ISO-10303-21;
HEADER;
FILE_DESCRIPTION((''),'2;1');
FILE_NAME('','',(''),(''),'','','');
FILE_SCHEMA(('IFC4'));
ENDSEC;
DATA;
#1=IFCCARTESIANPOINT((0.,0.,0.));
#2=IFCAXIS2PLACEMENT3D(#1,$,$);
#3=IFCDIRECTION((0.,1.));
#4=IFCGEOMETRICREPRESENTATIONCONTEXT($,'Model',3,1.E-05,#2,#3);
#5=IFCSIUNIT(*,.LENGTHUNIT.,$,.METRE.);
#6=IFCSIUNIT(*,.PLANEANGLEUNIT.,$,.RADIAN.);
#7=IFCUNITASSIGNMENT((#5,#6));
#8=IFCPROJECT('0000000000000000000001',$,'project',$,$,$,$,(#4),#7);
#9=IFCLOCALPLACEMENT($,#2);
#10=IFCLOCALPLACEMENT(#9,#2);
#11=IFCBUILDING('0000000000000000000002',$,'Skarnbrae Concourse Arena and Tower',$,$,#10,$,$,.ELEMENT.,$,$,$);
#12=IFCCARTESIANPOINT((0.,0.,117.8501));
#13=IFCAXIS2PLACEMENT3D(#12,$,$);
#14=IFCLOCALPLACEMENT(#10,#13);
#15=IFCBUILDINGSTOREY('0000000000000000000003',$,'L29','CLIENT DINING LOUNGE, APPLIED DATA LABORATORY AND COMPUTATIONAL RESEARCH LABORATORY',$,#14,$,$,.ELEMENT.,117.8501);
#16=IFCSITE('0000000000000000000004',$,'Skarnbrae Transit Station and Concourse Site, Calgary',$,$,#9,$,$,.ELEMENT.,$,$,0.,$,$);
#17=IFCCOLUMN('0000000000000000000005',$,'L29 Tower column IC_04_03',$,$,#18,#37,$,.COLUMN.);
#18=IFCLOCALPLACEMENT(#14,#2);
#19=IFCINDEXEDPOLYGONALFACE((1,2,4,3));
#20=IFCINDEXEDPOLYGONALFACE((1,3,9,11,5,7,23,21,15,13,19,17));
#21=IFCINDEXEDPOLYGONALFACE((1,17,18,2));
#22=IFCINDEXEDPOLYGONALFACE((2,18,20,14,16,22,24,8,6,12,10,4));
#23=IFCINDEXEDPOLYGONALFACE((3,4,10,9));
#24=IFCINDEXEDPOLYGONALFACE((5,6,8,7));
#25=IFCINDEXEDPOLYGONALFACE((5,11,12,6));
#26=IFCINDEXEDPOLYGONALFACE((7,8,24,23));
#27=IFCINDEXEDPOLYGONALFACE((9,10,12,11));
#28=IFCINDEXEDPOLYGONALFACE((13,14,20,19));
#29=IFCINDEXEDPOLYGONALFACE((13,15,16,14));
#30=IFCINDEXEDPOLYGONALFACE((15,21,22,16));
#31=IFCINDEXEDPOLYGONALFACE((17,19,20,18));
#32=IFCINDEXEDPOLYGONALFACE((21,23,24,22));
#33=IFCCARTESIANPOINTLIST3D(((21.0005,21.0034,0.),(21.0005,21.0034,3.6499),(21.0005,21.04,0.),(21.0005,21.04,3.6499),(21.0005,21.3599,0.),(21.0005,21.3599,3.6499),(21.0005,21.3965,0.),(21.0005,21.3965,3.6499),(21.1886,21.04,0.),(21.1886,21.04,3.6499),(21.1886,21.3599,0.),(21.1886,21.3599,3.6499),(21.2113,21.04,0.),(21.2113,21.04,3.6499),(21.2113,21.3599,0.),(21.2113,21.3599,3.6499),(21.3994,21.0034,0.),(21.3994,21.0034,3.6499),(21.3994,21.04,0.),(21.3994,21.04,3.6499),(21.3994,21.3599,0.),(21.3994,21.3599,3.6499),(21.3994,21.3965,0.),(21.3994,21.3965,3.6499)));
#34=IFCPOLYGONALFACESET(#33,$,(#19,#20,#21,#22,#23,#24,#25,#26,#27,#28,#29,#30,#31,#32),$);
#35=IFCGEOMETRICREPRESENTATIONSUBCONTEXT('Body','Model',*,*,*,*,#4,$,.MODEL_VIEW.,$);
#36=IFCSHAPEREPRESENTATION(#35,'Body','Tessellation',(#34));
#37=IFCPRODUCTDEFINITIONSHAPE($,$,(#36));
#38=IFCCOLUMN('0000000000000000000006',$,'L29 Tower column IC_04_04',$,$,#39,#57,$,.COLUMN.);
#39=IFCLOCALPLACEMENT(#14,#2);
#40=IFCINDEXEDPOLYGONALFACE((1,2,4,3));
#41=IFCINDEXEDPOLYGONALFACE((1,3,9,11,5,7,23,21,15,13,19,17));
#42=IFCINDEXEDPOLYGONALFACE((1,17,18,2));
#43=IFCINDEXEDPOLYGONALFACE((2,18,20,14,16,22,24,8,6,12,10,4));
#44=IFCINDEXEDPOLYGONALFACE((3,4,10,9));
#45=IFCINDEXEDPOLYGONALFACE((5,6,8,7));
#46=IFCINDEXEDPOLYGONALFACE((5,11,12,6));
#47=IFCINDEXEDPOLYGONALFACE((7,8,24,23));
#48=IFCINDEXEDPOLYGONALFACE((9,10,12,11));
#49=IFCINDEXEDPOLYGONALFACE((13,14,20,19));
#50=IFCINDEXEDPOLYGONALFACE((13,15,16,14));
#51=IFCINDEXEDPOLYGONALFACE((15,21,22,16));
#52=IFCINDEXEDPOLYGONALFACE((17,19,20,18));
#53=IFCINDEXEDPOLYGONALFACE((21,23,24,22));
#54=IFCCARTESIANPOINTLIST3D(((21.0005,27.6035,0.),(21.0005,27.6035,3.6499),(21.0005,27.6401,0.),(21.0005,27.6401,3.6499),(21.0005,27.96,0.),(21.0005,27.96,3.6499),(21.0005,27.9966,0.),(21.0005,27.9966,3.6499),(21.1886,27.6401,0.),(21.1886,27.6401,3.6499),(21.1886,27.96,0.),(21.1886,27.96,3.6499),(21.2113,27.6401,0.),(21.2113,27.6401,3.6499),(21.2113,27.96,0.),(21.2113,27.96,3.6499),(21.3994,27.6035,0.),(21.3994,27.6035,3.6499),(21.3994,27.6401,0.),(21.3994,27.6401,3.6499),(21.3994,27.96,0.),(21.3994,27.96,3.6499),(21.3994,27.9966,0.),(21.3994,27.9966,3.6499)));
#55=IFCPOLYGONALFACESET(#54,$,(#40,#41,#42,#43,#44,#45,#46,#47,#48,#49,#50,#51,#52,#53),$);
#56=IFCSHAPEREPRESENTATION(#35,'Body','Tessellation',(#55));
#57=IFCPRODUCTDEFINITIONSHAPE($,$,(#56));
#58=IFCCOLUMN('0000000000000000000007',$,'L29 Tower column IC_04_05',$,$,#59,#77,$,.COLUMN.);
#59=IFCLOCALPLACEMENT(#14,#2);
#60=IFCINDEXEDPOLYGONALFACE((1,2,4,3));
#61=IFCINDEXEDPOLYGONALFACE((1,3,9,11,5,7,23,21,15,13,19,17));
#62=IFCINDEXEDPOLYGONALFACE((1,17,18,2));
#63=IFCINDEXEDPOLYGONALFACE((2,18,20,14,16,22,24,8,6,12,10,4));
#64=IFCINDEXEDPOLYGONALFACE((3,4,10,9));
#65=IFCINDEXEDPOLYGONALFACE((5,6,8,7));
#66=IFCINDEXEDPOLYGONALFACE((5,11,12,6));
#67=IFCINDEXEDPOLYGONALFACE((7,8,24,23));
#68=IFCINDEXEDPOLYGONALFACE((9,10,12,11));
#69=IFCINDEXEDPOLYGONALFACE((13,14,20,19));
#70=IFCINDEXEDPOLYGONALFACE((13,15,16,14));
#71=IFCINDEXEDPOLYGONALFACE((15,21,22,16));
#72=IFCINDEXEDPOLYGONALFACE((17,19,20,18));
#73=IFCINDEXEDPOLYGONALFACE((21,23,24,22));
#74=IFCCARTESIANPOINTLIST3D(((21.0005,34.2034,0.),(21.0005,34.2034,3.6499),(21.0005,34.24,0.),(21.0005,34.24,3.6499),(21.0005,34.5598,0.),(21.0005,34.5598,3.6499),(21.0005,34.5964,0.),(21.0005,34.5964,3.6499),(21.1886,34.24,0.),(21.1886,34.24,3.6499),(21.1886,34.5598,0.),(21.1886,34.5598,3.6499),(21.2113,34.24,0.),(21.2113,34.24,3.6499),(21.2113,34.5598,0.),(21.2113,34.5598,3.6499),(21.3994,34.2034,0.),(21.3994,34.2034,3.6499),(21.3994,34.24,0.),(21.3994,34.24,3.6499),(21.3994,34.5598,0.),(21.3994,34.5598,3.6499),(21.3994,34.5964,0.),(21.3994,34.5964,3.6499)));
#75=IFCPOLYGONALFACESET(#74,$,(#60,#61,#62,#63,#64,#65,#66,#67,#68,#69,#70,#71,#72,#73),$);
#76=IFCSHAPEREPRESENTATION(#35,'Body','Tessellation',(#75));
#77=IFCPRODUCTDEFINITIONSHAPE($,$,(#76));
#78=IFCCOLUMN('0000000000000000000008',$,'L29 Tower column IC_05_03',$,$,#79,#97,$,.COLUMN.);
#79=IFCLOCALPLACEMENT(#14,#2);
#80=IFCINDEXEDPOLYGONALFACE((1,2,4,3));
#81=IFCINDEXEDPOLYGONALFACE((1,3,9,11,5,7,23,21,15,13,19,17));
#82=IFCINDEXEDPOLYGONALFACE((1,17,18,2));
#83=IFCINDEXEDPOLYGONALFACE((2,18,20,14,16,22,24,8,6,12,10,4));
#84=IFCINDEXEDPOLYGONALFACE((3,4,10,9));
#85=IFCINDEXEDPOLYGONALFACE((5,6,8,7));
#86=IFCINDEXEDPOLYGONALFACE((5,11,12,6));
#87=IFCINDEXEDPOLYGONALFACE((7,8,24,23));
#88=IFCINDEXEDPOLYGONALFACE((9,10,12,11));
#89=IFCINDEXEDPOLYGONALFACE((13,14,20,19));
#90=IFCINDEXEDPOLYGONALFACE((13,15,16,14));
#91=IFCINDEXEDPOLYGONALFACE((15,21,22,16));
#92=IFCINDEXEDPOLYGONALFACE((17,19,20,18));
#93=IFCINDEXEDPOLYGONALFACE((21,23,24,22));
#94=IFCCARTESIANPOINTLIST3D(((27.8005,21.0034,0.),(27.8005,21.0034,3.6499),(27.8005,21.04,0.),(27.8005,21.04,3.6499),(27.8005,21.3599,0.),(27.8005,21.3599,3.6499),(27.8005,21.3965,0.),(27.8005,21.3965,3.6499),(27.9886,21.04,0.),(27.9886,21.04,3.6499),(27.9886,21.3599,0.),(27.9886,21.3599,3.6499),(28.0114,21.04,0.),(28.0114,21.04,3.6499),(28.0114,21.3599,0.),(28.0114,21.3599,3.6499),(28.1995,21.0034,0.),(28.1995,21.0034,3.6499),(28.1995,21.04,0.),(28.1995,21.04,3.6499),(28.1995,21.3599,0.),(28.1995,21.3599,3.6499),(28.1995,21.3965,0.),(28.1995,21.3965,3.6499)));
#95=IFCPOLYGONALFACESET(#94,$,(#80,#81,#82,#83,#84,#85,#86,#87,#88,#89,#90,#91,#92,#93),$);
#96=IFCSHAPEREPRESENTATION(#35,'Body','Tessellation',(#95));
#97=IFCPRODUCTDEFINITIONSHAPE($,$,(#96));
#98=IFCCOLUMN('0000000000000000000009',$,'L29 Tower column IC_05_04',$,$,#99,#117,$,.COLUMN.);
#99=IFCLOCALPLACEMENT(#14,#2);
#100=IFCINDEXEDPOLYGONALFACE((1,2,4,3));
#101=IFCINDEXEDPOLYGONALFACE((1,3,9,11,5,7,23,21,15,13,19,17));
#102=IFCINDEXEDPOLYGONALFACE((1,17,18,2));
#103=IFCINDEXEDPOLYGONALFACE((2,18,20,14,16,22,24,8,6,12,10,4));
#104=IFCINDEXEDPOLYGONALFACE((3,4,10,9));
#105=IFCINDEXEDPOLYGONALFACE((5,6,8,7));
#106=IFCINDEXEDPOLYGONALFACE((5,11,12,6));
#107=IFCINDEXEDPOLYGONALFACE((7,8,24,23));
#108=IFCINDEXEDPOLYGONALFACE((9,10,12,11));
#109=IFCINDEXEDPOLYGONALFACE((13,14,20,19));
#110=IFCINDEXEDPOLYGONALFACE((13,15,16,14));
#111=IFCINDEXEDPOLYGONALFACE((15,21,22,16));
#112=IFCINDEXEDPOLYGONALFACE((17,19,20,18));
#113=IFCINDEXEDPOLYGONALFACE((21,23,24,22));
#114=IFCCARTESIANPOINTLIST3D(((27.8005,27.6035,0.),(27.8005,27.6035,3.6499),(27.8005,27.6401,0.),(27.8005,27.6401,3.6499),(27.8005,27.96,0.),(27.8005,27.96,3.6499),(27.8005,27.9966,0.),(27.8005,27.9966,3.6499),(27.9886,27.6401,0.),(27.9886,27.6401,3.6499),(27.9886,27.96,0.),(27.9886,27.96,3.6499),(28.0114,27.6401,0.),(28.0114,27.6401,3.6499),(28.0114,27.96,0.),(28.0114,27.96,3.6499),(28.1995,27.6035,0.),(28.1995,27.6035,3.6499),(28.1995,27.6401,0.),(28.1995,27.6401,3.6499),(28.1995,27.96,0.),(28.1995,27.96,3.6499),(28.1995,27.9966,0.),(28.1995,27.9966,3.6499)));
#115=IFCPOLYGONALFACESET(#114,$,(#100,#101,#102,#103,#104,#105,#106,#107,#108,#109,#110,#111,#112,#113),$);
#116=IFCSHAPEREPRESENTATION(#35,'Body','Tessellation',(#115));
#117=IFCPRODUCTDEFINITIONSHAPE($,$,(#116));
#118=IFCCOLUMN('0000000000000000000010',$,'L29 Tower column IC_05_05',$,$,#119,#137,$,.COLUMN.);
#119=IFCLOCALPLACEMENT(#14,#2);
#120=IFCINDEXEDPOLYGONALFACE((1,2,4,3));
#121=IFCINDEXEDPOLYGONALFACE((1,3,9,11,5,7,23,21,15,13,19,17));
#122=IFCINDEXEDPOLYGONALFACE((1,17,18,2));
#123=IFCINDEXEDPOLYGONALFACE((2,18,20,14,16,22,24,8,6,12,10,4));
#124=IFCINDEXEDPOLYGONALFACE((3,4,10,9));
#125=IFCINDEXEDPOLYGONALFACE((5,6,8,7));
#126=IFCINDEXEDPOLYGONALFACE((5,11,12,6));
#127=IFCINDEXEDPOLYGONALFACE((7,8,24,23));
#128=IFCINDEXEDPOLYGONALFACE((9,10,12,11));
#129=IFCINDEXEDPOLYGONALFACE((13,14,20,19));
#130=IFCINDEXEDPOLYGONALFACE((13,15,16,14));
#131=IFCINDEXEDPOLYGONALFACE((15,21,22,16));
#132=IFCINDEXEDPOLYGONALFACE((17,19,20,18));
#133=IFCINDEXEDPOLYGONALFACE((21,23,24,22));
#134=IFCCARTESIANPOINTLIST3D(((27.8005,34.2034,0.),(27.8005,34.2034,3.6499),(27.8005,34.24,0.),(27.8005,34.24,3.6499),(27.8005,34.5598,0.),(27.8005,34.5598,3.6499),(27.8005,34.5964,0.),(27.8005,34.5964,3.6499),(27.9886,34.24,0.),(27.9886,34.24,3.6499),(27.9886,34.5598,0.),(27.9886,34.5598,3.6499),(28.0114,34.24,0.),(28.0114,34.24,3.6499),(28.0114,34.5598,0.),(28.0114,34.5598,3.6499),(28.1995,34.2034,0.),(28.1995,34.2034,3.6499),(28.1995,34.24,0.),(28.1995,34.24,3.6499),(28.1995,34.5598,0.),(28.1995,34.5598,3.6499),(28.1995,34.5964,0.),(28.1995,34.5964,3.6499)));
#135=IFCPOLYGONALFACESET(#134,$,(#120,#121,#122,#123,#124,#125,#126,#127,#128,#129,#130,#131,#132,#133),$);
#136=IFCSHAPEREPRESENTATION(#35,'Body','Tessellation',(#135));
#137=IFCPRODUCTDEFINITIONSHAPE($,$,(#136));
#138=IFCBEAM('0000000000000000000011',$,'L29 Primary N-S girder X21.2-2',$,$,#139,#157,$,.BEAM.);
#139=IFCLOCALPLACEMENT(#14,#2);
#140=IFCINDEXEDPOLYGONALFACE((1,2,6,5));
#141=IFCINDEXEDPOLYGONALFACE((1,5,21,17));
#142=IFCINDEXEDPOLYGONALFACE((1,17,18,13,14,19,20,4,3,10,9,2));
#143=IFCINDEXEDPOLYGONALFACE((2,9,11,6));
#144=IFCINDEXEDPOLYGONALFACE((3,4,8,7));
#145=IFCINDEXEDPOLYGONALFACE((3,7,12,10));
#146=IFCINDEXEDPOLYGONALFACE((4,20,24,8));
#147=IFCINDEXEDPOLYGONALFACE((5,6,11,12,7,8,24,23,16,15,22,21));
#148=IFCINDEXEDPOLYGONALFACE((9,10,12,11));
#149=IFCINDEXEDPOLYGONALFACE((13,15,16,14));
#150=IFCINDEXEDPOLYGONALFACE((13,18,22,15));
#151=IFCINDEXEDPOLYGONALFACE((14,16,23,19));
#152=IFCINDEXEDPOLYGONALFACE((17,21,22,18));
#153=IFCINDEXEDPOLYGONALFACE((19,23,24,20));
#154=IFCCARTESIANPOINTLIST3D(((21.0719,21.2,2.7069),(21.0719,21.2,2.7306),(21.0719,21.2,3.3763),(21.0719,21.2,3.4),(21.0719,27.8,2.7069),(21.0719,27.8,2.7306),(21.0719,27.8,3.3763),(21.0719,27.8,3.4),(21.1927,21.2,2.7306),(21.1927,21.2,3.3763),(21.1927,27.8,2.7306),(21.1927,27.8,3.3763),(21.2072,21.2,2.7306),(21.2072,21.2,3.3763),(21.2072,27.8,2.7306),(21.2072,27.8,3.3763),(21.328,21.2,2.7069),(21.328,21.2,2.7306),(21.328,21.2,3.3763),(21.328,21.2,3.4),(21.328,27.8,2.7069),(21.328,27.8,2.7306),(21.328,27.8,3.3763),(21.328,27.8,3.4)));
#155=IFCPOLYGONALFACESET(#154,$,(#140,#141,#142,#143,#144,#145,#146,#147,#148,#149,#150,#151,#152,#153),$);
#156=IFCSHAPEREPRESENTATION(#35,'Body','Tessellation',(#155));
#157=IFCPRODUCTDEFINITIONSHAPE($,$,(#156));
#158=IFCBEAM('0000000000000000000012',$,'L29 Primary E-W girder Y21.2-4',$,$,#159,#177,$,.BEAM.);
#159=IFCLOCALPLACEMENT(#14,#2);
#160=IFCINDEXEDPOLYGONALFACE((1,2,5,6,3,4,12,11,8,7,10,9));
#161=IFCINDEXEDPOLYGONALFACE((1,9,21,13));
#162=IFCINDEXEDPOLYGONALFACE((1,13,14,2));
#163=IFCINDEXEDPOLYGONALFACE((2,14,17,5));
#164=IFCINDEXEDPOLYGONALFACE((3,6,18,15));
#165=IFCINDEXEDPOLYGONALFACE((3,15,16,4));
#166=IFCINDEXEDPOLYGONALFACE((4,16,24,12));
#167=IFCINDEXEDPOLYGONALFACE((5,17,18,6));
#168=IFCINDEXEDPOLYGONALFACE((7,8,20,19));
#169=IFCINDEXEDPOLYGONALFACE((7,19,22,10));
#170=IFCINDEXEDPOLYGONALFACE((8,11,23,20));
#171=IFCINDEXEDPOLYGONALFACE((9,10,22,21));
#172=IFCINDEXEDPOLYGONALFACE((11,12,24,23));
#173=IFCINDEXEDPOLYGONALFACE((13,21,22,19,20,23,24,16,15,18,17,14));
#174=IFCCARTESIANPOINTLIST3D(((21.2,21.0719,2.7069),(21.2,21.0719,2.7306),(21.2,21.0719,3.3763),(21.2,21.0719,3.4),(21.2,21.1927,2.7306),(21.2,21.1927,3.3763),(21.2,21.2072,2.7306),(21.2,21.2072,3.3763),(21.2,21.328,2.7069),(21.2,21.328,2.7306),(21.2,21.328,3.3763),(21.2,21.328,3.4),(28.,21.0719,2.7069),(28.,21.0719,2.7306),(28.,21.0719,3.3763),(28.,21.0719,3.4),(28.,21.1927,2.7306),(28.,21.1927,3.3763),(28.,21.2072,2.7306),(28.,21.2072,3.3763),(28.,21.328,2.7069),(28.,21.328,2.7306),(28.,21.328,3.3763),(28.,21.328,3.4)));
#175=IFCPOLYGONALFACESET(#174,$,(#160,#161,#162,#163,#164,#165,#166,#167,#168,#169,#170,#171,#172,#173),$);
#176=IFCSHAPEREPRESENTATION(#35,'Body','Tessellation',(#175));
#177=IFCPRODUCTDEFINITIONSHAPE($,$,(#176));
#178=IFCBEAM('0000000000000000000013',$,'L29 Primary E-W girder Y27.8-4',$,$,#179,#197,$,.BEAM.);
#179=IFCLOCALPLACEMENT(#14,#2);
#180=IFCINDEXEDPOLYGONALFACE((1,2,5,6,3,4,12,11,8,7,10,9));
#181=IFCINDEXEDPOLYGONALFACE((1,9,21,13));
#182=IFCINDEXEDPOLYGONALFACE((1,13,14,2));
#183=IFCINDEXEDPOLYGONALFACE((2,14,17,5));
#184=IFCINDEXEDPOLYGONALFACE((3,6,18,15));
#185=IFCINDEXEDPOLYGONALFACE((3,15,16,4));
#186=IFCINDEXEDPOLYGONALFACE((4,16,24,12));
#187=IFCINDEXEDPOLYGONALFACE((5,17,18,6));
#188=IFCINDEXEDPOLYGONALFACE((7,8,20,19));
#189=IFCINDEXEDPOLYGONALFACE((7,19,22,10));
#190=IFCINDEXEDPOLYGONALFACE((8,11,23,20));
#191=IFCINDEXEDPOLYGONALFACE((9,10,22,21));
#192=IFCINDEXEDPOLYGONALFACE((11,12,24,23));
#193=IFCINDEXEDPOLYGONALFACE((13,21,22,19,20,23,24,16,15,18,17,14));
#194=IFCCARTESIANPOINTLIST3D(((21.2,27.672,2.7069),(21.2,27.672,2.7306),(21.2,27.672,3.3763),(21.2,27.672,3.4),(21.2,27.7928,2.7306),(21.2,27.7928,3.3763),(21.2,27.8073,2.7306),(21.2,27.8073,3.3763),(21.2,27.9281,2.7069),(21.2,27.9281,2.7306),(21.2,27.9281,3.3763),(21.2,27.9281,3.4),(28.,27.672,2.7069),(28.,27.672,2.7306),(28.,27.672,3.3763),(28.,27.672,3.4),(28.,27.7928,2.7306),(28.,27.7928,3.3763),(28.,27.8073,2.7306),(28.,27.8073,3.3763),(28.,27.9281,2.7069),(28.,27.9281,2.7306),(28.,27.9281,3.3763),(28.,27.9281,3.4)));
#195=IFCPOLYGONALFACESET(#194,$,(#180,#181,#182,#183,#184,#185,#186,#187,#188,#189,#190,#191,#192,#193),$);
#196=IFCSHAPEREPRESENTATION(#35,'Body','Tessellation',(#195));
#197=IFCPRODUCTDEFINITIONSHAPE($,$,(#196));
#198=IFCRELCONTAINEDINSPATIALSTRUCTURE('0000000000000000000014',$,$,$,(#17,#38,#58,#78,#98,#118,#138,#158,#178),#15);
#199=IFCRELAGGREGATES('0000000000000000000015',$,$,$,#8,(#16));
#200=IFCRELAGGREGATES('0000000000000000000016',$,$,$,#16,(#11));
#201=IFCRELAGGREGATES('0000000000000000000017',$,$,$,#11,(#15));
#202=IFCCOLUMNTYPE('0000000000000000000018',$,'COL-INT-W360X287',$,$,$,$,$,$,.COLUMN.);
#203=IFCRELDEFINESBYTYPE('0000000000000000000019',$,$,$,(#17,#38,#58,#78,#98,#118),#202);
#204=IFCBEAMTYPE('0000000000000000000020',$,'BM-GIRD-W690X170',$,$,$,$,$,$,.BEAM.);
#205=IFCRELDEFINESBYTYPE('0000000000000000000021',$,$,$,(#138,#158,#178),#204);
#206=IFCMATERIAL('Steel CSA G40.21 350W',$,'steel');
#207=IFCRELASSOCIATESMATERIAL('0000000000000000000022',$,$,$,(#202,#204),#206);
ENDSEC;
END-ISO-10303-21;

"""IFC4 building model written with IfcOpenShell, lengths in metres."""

from ifc_helpers import new_model, si_unit, direction, frame, origin, origin_2d, place, context, subcontext, project, spatial, i_section, extrude, source, transform, mapped, material, material_profile, profile_set, type_object, element, save


model = new_model("IFC4")

# Units and contexts
model_context = context("Model", 3, precision=1e-05, world=origin(), true_north=direction((0.0, 1.0)))
body_context = subcontext(model_context, "Body", "Model", "MODEL_VIEW")
ifc_project = project(units=[si_unit("LENGTHUNIT", "METRE"), si_unit("PLANEANGLEUNIT", "RADIAN")], contexts=[model_context])

# Site, building, storey
site_placement = place(None, origin())
site = spatial("IfcSite", under=ifc_project, at=site_placement, Name="Skarnbrae Transit Station and Concourse Site, Calgary", CompositionType="ELEMENT", RefElevation=0.0)
building_placement = place(site_placement, origin())
building = spatial("IfcBuilding", under=site, at=building_placement, Name="Skarnbrae Concourse Arena and Tower", CompositionType="ELEMENT")
storey_placement = place(building_placement, frame((0.0, 0.0, 117.8501)))
storey = spatial("IfcBuildingStorey", under=building, at=storey_placement, Name="L29", Description="CLIENT DINING LOUNGE, APPLIED DATA LABORATORY AND COMPUTATIONAL RESEARCH LABORATORY", CompositionType="ELEMENT", Elevation=117.8501)

# Columns
ifc_material_1 = material(Name="Steel CSA G40.21 350W", Category="steel")
ifc_material_profile_1 = material_profile(ifc_material_1, i_section(OverallWidth=0.3989, OverallDepth=0.3931, WebThickness=0.0227, FlangeThickness=0.0366, at=origin_2d()), Name="W360X287")
ifc_profile_set_1 = profile_set([ifc_material_profile_1], Name="Steel CSA G40.21 350W")
column_type = type_object("IfcColumnType", Name="COL-INT-W360X287", PredefinedType="COLUMN", material=ifc_profile_set_1)
shared_shape_1 = source(origin(), body_context, "Body", "SweptSolid", [
    extrude(i_section(OverallWidth=0.3989, OverallDepth=0.3931, WebThickness=0.0227, FlangeThickness=0.0366, at=origin_2d()), origin(), (0.0, 0.0, 1.0), 3.6499),
])
for number, where, z_axis, x_axis, name in (
    (1, (21.2, 21.2, 0.0), (0.0, 0.0, 1.0), (1.0, 0.0, 0.0), "L29 Tower column IC_04_03"),
    (2, (21.2, 27.8, 0.0), (0.0, 0.0, 1.0), (1.0, 0.0, 0.0), "L29 Tower column IC_04_04"),
    (3, (21.2, 34.3999, 0.0), (0.0, 0.0, 1.0), (1.0, 0.0, 0.0), "L29 Tower column IC_04_05"),
    (4, (28.0, 21.2, 0.0), (0.0, 0.0, 1.0), (1.0, 0.0, 0.0), "L29 Tower column IC_05_03"),
    (5, (28.0, 27.8, 0.0), (0.0, 0.0, 1.0), (1.0, 0.0, 0.0), "L29 Tower column IC_05_04"),
    (6, (28.0, 34.3999, 0.0), (0.0, 0.0, 1.0), (1.0, 0.0, 0.0), "L29 Tower column IC_05_05"),
):
    element("IfcColumn", number, at=place(storey_placement, frame(where, z_axis=z_axis, x_axis=x_axis)), inside=storey, type_object=column_type, Name=name, PredefinedType="COLUMN", context=body_context, shape_type="MappedRepresentation", body=[
        mapped(shared_shape_1, transform((0.0, 0.0, 0.0))),
    ])

# Beams
ifc_material_profile_2 = material_profile(ifc_material_1, i_section(OverallWidth=0.2561, OverallDepth=0.6931, WebThickness=0.0144, FlangeThickness=0.0237, at=origin_2d()), Name="W690X170")
ifc_profile_set_2 = profile_set([ifc_material_profile_2], Name="Steel CSA G40.21 350W")
beam_type_1 = type_object("IfcBeamType", Name="BM-GIRD-W690X170", PredefinedType="BEAM", material=ifc_profile_set_2)
shared_shape_2 = source(origin(), body_context, "Body", "SweptSolid", [
    extrude(i_section(OverallWidth=0.2561, OverallDepth=0.6931, WebThickness=0.0144, FlangeThickness=0.0237, at=origin_2d()), origin(), (0.0, 0.0, 1.0), 6.6001),
])
beam_1_placement = place(storey_placement, frame((21.2, 21.2, 3.0535), z_axis=(0.0, 1.0, 0.0), x_axis=(-1.0, 0.0, 0.0)))
element("IfcBeam", 7, at=beam_1_placement, inside=storey, type_object=beam_type_1, Name="L29 Primary N-S girder X21.2-2", PredefinedType="BEAM", context=body_context, shape_type="MappedRepresentation", body=[
    mapped(shared_shape_2, transform((0.0, 0.0, 0.0))),
])
shared_shape_3 = source(origin(), body_context, "Body", "SweptSolid", [
    extrude(i_section(OverallWidth=0.2561, OverallDepth=0.6931, WebThickness=0.0144, FlangeThickness=0.0237, at=origin_2d()), origin(), (0.0, 0.0, 1.0), 6.8),
])
for number, where, z_axis, x_axis, name in (
    (8, (21.2, 21.2, 3.0535), (1.0, 0.0, 0.0), (0.0, 1.0, 0.0), "L29 Primary E-W girder Y21.2-4"),
    (9, (21.2, 27.8, 3.0535), (1.0, 0.0, 0.0), (0.0, 1.0, 0.0), "L29 Primary E-W girder Y27.8-4"),
):
    element("IfcBeam", number, at=place(storey_placement, frame(where, z_axis=z_axis, x_axis=x_axis)), inside=storey, type_object=beam_type_1, Name=name, PredefinedType="BEAM", context=body_context, shape_type="MappedRepresentation", body=[
        mapped(shared_shape_3, transform((0.0, 0.0, 0.0))),
    ])

save(model, "model.ifc")
